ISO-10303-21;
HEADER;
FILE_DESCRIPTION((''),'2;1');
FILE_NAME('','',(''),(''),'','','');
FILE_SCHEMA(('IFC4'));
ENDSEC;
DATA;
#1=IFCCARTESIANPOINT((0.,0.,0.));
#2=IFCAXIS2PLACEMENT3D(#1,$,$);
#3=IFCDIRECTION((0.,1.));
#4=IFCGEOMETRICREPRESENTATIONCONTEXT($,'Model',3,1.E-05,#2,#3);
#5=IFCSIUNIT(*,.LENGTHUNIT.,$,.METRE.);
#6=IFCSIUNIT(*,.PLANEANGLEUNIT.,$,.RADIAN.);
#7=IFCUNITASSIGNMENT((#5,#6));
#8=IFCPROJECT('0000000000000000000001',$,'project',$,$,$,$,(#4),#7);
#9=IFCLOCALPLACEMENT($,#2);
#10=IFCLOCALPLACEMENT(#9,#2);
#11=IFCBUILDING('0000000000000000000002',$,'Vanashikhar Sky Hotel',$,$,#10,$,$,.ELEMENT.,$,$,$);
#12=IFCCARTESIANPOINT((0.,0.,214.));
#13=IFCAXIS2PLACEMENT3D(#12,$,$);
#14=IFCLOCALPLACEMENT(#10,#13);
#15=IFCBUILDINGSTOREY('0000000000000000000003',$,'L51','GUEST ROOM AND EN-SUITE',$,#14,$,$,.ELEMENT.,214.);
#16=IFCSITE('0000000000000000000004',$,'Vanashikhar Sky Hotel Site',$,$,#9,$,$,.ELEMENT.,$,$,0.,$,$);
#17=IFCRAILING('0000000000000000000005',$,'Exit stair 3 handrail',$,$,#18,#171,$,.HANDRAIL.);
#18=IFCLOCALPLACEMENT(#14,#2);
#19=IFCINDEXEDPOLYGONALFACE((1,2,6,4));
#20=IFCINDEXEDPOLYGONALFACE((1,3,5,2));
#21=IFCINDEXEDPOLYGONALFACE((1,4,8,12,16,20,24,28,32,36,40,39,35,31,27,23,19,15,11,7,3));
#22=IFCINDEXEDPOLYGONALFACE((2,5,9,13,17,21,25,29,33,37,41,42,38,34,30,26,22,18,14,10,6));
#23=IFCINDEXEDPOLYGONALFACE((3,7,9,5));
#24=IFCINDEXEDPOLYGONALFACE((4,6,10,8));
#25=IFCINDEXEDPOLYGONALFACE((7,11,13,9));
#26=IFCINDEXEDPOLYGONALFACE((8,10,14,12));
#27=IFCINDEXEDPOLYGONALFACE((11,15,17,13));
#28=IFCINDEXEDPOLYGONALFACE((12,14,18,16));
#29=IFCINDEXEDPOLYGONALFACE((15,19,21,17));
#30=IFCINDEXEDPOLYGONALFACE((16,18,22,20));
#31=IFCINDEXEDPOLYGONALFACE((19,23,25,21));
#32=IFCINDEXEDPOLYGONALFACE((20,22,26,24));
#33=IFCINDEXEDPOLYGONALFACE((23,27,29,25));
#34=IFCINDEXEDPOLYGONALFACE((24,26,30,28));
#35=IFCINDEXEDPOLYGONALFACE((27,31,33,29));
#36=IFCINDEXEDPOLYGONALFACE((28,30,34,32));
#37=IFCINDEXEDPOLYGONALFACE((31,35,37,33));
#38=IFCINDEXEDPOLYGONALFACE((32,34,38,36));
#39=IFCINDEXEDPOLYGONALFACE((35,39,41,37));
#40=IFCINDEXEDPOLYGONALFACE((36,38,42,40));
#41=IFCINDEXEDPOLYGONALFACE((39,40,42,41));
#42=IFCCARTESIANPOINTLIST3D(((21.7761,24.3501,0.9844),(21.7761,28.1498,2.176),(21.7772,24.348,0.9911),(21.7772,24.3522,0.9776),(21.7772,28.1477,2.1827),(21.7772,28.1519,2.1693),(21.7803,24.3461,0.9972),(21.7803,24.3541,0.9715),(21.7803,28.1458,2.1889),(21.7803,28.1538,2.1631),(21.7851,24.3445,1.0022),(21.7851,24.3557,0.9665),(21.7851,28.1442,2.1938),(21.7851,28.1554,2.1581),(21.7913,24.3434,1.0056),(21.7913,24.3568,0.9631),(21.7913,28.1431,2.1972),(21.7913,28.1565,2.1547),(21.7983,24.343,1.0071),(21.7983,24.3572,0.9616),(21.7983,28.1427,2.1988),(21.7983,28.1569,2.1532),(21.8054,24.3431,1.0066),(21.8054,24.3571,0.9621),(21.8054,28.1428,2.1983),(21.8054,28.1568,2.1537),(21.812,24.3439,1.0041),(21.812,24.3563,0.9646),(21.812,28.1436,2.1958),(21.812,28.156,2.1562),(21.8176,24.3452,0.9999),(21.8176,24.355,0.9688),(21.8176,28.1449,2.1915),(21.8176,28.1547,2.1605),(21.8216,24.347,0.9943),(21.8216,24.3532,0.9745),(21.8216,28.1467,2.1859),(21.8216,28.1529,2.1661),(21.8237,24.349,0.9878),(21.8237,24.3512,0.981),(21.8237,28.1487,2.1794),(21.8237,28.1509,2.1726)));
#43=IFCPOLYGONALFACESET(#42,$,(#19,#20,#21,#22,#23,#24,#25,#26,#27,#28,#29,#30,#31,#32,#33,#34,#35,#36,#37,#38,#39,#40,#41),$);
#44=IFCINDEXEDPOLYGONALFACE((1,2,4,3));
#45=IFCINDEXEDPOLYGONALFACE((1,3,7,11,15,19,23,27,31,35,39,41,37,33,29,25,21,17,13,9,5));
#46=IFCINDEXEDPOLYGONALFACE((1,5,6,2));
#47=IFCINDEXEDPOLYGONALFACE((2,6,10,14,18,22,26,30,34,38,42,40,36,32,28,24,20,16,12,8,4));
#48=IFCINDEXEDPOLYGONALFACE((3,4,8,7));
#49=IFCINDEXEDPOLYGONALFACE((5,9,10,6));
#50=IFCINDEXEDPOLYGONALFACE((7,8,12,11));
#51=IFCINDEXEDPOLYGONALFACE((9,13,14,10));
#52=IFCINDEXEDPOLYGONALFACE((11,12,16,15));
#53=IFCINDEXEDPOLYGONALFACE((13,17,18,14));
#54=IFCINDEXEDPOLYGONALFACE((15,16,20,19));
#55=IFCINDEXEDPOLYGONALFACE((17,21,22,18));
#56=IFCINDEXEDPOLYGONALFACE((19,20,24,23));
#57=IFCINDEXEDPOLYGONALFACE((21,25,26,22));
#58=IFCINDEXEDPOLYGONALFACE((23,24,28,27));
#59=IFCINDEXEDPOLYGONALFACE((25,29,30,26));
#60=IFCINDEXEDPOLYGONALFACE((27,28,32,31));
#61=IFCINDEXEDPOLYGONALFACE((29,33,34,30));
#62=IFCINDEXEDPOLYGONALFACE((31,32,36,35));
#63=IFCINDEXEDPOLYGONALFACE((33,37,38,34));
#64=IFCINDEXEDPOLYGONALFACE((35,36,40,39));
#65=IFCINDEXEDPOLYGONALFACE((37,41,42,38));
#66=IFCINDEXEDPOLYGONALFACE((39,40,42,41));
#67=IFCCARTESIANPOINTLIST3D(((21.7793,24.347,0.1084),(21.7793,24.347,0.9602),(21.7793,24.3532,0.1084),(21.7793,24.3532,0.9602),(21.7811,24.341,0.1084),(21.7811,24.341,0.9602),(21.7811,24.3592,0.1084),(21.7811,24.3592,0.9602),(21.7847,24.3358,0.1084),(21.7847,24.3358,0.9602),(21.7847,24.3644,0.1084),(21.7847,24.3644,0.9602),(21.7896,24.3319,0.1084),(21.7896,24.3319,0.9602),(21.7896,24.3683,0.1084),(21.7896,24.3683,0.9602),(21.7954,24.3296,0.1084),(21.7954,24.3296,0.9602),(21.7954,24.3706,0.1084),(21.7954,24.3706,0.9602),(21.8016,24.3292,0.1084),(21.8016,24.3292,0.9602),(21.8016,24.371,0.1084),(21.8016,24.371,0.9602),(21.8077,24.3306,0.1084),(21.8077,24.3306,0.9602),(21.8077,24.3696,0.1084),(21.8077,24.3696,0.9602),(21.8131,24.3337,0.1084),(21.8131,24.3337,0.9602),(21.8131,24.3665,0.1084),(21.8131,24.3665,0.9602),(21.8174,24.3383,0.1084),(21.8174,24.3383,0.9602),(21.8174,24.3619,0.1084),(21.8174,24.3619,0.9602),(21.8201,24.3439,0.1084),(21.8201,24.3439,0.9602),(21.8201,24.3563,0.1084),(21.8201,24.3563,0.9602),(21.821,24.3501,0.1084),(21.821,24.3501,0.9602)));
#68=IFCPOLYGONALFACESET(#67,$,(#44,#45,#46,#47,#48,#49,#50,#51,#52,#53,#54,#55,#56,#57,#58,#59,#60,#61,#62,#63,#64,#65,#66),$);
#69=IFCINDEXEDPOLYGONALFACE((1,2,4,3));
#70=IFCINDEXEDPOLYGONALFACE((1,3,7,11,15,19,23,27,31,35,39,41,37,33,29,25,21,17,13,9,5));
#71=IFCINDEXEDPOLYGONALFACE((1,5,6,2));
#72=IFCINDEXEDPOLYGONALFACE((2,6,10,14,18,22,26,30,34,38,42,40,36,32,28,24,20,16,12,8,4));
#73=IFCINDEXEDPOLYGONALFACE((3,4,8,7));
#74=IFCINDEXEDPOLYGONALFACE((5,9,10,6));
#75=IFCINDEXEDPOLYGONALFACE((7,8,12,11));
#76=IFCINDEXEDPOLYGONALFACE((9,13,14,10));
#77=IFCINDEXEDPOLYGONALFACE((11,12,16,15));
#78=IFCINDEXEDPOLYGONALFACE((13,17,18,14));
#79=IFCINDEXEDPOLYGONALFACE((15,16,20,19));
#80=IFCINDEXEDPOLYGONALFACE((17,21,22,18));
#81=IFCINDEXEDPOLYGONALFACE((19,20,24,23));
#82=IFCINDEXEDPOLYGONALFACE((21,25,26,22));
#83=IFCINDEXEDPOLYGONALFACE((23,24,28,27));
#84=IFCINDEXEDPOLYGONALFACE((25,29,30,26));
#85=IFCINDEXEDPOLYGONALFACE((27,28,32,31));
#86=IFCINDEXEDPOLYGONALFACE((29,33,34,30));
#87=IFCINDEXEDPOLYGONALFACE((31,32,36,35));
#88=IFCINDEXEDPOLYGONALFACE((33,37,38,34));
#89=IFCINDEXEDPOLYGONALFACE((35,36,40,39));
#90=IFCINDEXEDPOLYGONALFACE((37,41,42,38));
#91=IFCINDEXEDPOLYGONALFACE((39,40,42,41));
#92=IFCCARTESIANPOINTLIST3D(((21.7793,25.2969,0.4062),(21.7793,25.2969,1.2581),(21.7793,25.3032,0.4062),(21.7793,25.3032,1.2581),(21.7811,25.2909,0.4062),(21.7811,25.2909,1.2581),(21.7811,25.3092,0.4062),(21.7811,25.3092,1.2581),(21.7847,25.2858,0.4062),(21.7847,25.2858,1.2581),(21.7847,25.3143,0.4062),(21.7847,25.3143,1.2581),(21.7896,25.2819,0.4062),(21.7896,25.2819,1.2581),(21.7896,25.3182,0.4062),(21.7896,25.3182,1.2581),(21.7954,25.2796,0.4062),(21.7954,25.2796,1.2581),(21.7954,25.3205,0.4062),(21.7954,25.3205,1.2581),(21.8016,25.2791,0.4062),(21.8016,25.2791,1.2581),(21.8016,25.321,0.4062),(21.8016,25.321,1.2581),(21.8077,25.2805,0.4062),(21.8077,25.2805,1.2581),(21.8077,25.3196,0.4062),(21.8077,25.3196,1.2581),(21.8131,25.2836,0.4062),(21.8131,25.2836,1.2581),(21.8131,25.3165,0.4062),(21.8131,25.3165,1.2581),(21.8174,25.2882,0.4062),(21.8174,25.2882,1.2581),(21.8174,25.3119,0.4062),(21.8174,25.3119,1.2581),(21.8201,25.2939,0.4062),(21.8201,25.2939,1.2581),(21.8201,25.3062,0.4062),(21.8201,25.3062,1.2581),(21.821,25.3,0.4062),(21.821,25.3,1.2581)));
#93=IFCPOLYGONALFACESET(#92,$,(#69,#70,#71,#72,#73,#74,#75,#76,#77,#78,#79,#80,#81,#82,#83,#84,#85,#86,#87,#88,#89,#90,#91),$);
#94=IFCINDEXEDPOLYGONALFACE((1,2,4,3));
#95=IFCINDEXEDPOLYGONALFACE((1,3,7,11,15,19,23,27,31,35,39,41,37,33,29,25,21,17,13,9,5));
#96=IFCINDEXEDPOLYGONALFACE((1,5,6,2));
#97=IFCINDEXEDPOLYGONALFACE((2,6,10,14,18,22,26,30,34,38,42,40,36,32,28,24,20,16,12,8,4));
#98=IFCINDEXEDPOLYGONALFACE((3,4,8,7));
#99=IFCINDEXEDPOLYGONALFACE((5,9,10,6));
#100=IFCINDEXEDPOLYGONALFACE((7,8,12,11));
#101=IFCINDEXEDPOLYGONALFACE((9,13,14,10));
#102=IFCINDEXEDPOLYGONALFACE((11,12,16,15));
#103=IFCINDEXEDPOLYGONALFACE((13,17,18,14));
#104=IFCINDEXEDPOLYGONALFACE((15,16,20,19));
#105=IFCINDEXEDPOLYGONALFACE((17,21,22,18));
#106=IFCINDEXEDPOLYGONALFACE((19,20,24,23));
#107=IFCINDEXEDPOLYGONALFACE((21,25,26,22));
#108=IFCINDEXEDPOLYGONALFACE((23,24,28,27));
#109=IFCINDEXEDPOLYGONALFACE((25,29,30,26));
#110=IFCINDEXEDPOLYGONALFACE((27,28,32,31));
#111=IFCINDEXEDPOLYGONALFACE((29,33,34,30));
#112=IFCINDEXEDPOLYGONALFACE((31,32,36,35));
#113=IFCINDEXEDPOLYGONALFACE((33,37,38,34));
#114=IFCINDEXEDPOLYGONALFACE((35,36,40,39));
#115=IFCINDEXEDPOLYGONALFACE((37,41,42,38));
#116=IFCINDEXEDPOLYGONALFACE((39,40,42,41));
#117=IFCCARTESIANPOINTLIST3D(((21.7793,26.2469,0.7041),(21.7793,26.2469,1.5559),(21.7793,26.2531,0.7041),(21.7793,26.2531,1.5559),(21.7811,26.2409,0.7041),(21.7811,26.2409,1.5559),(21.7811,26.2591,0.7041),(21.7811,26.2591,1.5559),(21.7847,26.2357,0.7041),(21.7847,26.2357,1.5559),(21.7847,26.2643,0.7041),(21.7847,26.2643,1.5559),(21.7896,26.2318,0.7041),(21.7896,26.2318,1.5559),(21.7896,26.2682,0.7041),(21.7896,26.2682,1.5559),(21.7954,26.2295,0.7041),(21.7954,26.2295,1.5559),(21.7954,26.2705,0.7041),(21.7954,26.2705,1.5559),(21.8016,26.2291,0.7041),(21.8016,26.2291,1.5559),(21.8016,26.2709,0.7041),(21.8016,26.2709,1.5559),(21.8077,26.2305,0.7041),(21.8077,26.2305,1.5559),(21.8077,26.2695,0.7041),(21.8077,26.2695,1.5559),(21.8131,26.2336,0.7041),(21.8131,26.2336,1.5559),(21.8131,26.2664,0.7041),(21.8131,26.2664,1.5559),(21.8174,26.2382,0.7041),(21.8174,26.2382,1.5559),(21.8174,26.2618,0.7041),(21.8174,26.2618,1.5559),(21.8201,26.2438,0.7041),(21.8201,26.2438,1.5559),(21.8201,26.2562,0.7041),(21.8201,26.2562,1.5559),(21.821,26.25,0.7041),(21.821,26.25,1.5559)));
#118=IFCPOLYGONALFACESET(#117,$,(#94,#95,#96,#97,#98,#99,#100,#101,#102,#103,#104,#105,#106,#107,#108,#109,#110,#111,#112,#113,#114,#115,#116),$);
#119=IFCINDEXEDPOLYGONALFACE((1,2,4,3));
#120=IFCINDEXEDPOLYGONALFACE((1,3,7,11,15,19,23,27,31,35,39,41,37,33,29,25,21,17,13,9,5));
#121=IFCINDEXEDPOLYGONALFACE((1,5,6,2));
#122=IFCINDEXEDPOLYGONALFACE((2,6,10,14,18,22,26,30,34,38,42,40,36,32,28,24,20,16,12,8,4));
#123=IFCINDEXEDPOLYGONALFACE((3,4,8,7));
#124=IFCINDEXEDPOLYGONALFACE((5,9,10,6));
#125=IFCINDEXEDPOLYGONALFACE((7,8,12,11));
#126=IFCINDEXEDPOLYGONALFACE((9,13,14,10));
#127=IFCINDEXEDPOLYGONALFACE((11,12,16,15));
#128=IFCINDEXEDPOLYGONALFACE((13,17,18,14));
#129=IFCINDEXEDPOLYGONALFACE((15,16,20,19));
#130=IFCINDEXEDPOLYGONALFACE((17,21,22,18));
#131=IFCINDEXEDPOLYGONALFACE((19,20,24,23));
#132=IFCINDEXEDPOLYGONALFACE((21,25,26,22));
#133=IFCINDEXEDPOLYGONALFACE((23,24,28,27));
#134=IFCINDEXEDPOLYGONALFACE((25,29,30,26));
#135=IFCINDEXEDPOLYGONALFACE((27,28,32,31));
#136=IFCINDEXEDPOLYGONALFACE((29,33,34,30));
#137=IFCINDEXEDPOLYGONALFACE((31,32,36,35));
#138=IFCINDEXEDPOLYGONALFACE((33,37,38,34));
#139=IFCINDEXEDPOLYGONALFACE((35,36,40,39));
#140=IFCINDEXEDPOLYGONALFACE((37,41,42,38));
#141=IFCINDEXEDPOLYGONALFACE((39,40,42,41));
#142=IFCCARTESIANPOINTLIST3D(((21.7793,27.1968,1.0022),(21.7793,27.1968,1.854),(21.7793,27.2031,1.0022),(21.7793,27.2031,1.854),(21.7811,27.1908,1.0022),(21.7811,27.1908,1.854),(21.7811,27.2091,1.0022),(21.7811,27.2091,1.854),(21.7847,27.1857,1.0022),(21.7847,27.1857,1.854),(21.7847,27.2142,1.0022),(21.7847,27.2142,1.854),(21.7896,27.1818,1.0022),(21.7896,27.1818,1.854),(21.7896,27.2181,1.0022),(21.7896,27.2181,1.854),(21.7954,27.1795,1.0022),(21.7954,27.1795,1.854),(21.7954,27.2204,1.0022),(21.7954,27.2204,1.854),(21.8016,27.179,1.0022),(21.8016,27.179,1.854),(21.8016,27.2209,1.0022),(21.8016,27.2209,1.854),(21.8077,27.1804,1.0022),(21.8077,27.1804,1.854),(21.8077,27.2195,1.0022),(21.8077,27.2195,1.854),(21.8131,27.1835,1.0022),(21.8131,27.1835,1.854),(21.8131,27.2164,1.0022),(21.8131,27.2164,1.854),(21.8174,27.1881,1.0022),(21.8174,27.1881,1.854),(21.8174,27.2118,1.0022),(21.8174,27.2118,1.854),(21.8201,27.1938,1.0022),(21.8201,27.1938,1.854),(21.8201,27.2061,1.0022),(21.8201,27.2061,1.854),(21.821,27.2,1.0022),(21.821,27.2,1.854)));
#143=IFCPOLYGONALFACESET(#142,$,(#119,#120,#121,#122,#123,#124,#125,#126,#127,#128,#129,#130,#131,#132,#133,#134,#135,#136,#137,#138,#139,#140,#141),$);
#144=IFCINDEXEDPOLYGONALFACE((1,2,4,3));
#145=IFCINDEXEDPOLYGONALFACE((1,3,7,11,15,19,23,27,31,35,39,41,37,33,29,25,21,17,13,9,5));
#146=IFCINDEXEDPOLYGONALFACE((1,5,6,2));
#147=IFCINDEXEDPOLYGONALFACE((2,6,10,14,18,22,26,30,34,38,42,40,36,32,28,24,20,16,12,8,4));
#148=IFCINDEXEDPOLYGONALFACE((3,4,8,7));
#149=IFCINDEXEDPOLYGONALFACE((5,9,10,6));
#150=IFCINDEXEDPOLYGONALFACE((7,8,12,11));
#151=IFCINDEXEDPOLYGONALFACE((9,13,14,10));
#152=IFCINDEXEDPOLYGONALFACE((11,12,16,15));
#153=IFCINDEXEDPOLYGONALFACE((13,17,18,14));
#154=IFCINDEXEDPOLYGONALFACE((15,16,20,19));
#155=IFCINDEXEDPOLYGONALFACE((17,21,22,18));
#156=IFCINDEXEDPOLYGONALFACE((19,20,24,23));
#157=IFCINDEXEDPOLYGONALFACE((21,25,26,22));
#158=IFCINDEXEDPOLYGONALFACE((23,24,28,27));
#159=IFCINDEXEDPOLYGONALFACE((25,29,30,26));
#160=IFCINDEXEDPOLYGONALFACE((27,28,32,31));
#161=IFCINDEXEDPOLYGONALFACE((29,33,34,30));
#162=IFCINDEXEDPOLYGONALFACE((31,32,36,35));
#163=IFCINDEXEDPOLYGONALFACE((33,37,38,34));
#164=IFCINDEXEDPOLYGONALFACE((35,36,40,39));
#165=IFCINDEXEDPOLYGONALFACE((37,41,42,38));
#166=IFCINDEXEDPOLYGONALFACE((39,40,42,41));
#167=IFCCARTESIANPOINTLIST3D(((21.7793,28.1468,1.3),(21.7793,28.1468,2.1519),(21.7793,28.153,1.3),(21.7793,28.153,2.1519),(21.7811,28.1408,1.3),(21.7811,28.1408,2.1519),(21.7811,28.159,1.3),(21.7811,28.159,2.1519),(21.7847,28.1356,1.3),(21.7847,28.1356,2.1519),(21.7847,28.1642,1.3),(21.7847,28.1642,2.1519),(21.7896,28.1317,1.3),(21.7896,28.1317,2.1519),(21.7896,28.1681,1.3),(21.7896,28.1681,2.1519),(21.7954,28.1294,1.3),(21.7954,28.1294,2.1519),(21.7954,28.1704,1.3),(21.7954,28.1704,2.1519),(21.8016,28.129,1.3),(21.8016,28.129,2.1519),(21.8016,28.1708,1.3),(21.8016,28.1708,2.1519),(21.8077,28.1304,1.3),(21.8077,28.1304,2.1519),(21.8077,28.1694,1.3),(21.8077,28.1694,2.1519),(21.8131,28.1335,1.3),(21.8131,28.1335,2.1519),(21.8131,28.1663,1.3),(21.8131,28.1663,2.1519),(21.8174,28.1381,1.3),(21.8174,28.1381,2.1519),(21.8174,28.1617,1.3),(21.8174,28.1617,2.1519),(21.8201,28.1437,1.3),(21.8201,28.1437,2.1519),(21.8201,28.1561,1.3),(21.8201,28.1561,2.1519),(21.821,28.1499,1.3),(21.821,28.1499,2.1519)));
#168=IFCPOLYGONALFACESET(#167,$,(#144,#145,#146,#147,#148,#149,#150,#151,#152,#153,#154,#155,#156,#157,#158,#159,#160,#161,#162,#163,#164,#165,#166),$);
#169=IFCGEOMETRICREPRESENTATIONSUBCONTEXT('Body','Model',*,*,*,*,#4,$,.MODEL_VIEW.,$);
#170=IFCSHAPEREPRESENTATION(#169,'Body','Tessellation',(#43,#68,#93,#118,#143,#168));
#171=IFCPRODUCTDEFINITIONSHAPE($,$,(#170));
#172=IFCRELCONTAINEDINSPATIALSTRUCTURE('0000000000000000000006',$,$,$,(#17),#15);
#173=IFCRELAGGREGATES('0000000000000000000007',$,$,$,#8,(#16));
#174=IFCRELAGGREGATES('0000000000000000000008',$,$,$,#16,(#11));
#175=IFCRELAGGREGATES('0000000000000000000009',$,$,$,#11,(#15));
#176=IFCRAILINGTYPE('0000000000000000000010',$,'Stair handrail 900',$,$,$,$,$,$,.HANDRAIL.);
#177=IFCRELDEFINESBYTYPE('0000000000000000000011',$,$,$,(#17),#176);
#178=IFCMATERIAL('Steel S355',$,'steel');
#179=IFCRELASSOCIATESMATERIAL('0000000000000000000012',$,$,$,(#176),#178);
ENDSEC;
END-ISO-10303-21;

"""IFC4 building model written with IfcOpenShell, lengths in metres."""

from ifc_helpers import new_model, si_unit, direction, frame, origin, origin_2d, place, context, subcontext, project, spatial, circle, extrude, source, transform, mapped, material, type_object, element, save


model = new_model("IFC4")

# Units and contexts
model_context = context("Model", 3, precision=1e-05, world=origin(), true_north=direction((0.0, 1.0)))
body_context = subcontext(model_context, "Body", "Model", "MODEL_VIEW")
ifc_project = project(units=[si_unit("LENGTHUNIT", "METRE"), si_unit("PLANEANGLEUNIT", "RADIAN")], contexts=[model_context])

# Site, building, storey
site_placement = place(None, origin())
site = spatial("IfcSite", under=ifc_project, at=site_placement, Name="Vanashikhar Sky Hotel Site", CompositionType="ELEMENT", RefElevation=0.0)
building_placement = place(site_placement, origin())
building = spatial("IfcBuilding", under=site, at=building_placement, Name="Vanashikhar Sky Hotel", CompositionType="ELEMENT")
storey_placement = place(building_placement, frame((0.0, 0.0, 214.0)))
storey = spatial("IfcBuildingStorey", under=building, at=storey_placement, Name="L51", Description="GUEST ROOM AND EN-SUITE", CompositionType="ELEMENT", Elevation=214.0)

# Railing
ifc_material_1 = material(Name="Steel S355", Category="steel")
railing_type_1 = type_object("IfcRailingType", Name="Stair handrail 900", PredefinedType="HANDRAIL", material=ifc_material_1)
shared_shape_1 = source(origin(), body_context, "Body", "SweptSolid", [
    extrude(circle(Radius=0.0239, at=origin_2d()), frame((0.0, 0.0, 0.876), z_axis=(0.0, 0.954178, 0.299238), x_axis=(-1.0, 0.0, 0.0)), (0.0, 0.0, 1.0), 3.9822),
    extrude(circle(Radius=0.021, at=origin_2d()), origin(), (0.0, 0.0, 1.0), 0.8518),
    extrude(circle(Radius=0.021, at=origin_2d()), frame((0.0, 0.95, 0.2979)), (0.0, 0.0, 1.0), 0.8518),
    extrude(circle(Radius=0.021, at=origin_2d()), frame((0.0, 1.8999, 0.5957)), (0.0, 0.0, 1.0), 0.8518),
    extrude(circle(Radius=0.021, at=origin_2d()), frame((0.0, 2.8499, 0.8938)), (0.0, 0.0, 1.0), 0.8518),
    extrude(circle(Radius=0.021, at=origin_2d()), frame((0.0, 3.7998, 1.1917)), (0.0, 0.0, 1.0), 0.8518),
])
for number, where, name in (
    (1, (21.8, 24.3501, 0.1084), "Exit stair 3 handrail"),
):
    element("IfcRailing", number, at=place(storey_placement, frame(where)), inside=storey, type_object=railing_type_1, Name=name, PredefinedType="HANDRAIL", context=body_context, shape_type="MappedRepresentation", body=[
        mapped(shared_shape_1, transform((0.0, 0.0, 0.0), scale=1.0)),
    ])

save(model, "model.ifc")
